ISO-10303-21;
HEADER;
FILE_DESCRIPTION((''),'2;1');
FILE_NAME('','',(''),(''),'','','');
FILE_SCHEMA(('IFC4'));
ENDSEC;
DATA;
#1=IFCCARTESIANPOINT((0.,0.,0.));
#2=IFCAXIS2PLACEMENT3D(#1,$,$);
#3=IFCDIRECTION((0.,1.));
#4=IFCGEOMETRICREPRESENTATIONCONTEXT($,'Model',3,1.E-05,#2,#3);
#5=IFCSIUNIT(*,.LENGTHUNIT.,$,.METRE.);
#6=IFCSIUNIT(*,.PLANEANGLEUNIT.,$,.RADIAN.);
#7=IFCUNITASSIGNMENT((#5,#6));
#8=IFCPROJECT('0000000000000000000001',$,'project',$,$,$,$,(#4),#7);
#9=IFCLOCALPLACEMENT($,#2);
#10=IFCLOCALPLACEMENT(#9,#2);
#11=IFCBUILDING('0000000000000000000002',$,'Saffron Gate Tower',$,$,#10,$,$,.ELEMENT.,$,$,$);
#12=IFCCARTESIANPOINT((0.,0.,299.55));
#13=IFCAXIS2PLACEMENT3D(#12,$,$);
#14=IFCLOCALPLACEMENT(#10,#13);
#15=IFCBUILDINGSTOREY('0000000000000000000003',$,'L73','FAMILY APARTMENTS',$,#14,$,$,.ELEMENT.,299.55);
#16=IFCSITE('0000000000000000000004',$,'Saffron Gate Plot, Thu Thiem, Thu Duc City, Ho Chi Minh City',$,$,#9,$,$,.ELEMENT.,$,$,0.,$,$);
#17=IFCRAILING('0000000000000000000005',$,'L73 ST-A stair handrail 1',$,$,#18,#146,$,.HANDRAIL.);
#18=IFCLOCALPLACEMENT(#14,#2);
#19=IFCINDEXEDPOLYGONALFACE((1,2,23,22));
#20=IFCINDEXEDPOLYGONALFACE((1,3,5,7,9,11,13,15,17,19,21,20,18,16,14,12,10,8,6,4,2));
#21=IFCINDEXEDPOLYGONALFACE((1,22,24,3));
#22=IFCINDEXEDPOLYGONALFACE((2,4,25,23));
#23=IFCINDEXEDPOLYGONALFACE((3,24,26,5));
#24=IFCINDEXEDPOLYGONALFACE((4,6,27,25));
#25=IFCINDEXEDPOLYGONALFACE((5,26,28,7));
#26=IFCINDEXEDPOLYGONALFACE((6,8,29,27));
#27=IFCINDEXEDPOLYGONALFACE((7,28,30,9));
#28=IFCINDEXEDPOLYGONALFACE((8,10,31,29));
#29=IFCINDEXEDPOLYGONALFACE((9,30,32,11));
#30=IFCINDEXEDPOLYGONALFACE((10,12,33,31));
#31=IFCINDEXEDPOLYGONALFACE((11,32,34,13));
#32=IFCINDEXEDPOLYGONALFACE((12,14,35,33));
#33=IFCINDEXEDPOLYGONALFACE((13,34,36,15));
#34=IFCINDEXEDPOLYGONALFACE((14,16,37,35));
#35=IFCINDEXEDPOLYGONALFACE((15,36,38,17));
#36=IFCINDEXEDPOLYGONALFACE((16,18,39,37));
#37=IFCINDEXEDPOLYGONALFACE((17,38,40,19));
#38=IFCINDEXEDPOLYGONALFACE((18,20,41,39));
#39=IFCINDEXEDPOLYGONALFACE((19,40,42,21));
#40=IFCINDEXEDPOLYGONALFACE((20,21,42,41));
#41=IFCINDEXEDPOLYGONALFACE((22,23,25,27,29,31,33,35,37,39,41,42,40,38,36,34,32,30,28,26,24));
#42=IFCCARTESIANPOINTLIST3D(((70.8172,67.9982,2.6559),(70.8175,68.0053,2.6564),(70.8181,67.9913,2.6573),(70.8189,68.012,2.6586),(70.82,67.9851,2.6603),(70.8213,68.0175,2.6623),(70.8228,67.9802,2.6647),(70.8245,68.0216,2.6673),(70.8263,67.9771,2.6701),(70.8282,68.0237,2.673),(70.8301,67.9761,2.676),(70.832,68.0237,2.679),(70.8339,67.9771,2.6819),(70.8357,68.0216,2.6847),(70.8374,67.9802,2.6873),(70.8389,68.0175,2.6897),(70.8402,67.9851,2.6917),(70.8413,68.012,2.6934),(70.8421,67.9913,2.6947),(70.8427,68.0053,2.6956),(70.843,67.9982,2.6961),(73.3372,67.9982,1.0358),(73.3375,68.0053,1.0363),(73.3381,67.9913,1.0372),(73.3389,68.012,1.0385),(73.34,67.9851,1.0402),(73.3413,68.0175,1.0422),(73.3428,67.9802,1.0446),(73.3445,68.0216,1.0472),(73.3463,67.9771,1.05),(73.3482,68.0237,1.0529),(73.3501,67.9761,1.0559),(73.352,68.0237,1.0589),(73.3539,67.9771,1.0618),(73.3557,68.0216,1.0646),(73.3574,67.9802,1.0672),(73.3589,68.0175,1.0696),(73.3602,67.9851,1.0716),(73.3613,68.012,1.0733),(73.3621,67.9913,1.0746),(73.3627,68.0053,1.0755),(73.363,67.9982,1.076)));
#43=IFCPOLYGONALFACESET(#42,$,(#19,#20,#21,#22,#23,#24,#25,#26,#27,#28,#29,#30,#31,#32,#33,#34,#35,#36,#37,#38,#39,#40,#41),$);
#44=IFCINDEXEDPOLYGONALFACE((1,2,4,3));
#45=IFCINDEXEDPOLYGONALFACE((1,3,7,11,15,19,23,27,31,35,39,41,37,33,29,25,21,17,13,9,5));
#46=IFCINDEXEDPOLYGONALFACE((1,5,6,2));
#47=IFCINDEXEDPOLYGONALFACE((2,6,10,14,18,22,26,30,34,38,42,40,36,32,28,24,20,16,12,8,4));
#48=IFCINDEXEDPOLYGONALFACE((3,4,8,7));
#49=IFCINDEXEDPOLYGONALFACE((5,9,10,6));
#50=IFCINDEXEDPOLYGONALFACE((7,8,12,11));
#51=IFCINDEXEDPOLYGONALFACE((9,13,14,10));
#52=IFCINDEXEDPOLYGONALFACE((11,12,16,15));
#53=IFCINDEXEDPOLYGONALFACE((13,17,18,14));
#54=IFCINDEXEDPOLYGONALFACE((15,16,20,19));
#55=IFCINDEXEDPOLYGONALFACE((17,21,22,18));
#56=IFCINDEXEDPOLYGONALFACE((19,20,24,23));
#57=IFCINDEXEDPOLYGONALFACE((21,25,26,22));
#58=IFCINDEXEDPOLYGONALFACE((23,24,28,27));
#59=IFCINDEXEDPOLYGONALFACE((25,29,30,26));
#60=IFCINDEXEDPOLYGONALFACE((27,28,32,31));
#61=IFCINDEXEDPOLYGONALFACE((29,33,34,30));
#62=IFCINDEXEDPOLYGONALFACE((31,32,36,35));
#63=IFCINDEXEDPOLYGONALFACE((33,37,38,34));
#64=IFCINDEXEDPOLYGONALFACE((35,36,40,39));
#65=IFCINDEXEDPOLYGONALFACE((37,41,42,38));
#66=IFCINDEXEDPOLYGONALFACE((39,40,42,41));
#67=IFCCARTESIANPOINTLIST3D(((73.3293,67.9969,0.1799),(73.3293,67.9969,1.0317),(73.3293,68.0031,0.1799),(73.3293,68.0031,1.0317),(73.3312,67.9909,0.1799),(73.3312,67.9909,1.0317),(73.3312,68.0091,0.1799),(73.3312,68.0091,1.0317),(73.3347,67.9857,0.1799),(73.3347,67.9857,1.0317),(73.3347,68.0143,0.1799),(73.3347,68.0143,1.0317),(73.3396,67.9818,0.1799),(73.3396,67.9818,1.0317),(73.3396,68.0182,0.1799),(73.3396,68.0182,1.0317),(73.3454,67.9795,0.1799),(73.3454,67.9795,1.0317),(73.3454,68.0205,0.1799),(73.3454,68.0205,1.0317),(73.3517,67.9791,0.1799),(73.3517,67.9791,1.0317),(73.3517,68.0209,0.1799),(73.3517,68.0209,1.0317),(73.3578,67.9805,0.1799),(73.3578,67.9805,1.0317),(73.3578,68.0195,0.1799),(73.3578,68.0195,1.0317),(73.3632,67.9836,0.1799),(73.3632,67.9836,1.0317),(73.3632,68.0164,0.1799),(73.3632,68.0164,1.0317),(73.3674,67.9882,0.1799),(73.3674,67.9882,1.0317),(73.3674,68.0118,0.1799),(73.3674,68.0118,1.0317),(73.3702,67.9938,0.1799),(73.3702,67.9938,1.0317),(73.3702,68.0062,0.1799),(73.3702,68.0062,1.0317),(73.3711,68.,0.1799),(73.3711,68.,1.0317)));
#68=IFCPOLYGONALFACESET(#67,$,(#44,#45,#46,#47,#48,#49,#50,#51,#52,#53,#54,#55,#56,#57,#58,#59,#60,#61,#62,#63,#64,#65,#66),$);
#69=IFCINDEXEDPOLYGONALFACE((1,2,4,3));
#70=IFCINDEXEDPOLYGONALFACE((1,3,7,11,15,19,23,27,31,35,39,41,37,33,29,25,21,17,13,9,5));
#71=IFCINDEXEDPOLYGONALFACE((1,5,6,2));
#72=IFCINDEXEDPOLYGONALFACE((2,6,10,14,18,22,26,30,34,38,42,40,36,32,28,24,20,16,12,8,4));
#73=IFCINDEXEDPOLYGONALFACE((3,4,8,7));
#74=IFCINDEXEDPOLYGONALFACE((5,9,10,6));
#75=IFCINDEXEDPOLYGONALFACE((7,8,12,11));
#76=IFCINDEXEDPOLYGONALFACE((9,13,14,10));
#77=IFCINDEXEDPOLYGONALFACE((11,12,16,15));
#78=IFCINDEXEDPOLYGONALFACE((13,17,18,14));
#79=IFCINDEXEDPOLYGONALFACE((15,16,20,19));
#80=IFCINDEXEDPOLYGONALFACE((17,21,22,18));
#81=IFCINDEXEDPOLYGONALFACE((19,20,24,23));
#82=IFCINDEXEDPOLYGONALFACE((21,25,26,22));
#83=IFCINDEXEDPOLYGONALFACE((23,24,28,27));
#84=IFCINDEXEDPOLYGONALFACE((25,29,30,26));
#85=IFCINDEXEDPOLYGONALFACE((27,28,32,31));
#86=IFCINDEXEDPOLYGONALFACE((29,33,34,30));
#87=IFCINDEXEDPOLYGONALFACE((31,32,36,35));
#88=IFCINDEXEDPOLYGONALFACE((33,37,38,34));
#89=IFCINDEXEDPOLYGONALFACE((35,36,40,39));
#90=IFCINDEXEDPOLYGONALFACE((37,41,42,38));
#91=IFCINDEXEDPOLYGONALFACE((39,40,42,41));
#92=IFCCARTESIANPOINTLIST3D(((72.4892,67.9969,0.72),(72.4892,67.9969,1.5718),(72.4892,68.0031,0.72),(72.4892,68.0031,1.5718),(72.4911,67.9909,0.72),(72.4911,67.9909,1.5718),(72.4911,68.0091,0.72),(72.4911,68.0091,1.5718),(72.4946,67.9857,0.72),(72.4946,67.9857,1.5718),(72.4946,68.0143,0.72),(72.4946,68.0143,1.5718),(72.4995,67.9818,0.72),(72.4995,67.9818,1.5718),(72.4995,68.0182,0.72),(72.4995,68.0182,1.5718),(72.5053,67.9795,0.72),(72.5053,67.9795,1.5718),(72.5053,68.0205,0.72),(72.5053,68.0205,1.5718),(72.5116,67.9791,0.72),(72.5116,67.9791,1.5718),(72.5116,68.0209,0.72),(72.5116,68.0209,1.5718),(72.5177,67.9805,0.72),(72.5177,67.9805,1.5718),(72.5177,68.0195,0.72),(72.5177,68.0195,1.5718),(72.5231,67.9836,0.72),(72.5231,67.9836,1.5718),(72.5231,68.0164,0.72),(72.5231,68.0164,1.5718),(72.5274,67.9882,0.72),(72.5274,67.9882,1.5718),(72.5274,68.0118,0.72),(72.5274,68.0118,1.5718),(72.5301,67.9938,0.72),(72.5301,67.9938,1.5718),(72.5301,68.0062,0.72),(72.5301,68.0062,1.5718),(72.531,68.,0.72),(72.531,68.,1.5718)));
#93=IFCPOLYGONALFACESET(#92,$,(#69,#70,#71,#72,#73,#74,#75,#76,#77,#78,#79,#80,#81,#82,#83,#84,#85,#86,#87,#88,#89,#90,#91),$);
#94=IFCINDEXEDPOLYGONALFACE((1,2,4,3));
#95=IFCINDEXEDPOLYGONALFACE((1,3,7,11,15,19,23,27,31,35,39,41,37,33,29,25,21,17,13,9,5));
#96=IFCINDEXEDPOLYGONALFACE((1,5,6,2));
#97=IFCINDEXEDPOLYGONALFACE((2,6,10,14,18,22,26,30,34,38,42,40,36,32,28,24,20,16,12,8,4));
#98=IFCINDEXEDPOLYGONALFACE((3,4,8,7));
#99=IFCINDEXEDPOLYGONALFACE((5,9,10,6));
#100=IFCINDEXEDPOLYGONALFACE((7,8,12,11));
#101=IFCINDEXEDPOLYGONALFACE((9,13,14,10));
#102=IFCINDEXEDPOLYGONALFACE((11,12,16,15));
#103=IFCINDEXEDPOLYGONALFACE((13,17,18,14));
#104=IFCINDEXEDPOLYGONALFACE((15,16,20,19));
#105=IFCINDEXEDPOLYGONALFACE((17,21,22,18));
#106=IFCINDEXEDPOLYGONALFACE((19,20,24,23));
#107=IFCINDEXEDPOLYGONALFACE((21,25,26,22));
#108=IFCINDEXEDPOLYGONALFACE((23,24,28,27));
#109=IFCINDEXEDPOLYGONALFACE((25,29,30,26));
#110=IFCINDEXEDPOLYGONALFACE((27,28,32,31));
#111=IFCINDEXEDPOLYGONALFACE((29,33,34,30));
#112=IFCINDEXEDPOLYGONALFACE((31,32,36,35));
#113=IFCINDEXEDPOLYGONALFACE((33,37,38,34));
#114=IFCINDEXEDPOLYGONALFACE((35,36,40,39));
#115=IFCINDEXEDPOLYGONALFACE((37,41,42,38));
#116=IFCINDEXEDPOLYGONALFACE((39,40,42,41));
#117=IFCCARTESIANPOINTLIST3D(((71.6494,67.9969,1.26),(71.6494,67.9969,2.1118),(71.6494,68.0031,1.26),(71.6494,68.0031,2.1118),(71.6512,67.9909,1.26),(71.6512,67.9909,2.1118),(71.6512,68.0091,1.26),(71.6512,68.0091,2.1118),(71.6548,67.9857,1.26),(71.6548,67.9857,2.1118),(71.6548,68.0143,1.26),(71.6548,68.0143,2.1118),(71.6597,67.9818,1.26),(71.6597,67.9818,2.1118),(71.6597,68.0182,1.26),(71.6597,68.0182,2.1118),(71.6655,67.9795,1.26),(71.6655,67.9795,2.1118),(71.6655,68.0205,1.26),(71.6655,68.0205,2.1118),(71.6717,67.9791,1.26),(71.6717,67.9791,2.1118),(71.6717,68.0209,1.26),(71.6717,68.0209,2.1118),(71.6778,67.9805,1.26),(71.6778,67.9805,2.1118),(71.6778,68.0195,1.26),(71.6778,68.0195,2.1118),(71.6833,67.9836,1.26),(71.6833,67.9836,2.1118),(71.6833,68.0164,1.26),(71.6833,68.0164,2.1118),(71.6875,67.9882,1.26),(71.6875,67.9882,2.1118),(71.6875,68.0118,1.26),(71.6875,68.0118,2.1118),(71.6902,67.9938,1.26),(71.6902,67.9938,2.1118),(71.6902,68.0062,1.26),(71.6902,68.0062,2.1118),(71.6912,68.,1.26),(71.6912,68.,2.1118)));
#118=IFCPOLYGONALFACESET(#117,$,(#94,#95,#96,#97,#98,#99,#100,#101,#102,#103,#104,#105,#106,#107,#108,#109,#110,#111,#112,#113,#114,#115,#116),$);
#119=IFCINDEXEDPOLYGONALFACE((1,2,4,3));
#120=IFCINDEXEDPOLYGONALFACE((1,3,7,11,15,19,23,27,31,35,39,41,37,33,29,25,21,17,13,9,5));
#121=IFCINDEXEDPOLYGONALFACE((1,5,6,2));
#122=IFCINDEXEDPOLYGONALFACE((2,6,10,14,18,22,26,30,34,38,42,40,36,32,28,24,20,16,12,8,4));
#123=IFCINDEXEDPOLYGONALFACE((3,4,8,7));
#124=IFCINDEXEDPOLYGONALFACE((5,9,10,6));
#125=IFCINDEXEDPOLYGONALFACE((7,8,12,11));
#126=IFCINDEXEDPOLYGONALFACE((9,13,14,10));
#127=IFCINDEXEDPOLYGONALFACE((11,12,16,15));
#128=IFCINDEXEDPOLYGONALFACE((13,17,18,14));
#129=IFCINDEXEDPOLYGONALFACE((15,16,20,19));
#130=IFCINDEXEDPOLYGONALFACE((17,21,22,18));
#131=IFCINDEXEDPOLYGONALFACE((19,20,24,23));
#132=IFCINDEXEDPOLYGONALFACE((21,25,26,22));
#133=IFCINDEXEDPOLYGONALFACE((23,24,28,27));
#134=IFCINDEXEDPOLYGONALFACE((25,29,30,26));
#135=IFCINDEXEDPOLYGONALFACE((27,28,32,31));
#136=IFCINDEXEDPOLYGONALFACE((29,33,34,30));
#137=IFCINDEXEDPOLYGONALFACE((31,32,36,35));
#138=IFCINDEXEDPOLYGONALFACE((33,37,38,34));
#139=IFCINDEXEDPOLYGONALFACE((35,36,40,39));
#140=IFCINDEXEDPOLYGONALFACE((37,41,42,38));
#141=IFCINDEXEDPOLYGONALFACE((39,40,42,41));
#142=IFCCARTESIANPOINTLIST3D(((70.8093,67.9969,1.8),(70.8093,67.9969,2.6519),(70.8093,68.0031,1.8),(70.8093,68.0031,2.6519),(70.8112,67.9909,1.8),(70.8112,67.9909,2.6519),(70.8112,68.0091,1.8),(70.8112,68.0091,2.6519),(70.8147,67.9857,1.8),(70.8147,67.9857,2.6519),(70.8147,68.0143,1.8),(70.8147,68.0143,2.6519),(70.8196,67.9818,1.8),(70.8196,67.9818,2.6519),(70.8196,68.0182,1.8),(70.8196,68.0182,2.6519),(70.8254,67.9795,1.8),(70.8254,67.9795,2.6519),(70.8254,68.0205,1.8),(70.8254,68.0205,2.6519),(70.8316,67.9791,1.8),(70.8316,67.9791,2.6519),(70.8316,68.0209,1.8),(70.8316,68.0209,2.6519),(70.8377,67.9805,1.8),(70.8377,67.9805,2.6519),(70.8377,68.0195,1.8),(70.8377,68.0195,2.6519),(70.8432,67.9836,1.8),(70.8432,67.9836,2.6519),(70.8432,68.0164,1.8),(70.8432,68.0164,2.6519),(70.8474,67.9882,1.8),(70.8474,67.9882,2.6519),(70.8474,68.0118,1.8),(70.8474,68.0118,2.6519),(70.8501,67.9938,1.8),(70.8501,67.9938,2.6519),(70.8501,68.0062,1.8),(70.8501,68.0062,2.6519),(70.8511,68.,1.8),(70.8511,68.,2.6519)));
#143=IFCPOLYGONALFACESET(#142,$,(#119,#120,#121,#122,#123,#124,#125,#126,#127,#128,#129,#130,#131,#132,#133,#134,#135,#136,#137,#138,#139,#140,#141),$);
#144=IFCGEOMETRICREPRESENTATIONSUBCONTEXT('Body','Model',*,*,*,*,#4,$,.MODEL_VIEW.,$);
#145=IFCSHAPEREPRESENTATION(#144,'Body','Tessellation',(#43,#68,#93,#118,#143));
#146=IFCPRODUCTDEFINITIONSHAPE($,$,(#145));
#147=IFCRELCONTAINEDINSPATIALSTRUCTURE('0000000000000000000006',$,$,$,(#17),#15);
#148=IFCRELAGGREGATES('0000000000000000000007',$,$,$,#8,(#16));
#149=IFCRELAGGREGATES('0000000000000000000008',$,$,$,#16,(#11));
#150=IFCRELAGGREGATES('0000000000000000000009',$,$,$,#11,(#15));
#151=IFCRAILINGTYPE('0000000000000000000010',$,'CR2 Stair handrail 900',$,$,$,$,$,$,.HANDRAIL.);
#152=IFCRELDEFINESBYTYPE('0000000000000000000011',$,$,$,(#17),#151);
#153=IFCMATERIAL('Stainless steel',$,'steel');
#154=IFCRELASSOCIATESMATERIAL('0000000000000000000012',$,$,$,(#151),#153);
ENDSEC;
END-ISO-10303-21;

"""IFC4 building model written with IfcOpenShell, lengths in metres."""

from ifc_helpers import new_model, si_unit, direction, frame, origin, origin_2d, place, context, subcontext, project, spatial, circle, extrude, material, type_object, element, save


model = new_model("IFC4")

# Units and contexts
model_context = context("Model", 3, precision=1e-05, world=origin(), true_north=direction((0.0, 1.0)))
body_context = subcontext(model_context, "Body", "Model", "MODEL_VIEW")
ifc_project = project(units=[si_unit("LENGTHUNIT", "METRE"), si_unit("PLANEANGLEUNIT", "RADIAN")], contexts=[model_context])

# Site, building, storey
site_placement = place(None, origin())
site = spatial("IfcSite", under=ifc_project, at=site_placement, Name="Saffron Gate Plot, Thu Thiem, Thu Duc City, Ho Chi Minh City", CompositionType="ELEMENT", RefElevation=0.0)
building_placement = place(site_placement, origin())
building = spatial("IfcBuilding", under=site, at=building_placement, Name="Saffron Gate Tower", CompositionType="ELEMENT")
storey_placement = place(building_placement, frame((0.0, 0.0, 299.55)))
storey = spatial("IfcBuildingStorey", under=building, at=storey_placement, Name="L73", Description="FAMILY APARTMENTS", CompositionType="ELEMENT", Elevation=299.55)

# Railing
ifc_material_1 = material(Name="Stainless steel", Category="steel")
railing_type = type_object("IfcRailingType", Name="CR2 Stair handrail 900", PredefinedType="HANDRAIL", material=ifc_material_1)
railing_placement = place(storey_placement, frame((73.3501, 68.0, 0.1799)))
element("IfcRailing", 1, at=railing_placement, inside=storey, type_object=railing_type, Name="L73 ST-A stair handrail 1", PredefinedType="HANDRAIL", context=body_context, shape_type="SweptSolid", body=[
    extrude(circle(Radius=0.0239, at=origin_2d()), frame((0.0, 0.0, 0.876), z_axis=(-0.841163, 0.0, 0.540782), x_axis=(0.0, -1.0, 0.0)), (0.0, 0.0, 1.0), 2.9958),
    extrude(circle(Radius=0.021, at=origin_2d()), origin(), (0.0, 0.0, 1.0), 0.8518),
    extrude(circle(Radius=0.021, at=origin_2d()), frame((-0.8401, 0.0, 0.54)), (0.0, 0.0, 1.0), 0.8518),
    extrude(circle(Radius=0.021, at=origin_2d()), frame((-1.6799, 0.0, 1.0801)), (0.0, 0.0, 1.0), 0.8518),
    extrude(circle(Radius=0.021, at=origin_2d()), frame((-2.52, 0.0, 1.6201)), (0.0, 0.0, 1.0), 0.8518),
])

save(model, "model.ifc")
